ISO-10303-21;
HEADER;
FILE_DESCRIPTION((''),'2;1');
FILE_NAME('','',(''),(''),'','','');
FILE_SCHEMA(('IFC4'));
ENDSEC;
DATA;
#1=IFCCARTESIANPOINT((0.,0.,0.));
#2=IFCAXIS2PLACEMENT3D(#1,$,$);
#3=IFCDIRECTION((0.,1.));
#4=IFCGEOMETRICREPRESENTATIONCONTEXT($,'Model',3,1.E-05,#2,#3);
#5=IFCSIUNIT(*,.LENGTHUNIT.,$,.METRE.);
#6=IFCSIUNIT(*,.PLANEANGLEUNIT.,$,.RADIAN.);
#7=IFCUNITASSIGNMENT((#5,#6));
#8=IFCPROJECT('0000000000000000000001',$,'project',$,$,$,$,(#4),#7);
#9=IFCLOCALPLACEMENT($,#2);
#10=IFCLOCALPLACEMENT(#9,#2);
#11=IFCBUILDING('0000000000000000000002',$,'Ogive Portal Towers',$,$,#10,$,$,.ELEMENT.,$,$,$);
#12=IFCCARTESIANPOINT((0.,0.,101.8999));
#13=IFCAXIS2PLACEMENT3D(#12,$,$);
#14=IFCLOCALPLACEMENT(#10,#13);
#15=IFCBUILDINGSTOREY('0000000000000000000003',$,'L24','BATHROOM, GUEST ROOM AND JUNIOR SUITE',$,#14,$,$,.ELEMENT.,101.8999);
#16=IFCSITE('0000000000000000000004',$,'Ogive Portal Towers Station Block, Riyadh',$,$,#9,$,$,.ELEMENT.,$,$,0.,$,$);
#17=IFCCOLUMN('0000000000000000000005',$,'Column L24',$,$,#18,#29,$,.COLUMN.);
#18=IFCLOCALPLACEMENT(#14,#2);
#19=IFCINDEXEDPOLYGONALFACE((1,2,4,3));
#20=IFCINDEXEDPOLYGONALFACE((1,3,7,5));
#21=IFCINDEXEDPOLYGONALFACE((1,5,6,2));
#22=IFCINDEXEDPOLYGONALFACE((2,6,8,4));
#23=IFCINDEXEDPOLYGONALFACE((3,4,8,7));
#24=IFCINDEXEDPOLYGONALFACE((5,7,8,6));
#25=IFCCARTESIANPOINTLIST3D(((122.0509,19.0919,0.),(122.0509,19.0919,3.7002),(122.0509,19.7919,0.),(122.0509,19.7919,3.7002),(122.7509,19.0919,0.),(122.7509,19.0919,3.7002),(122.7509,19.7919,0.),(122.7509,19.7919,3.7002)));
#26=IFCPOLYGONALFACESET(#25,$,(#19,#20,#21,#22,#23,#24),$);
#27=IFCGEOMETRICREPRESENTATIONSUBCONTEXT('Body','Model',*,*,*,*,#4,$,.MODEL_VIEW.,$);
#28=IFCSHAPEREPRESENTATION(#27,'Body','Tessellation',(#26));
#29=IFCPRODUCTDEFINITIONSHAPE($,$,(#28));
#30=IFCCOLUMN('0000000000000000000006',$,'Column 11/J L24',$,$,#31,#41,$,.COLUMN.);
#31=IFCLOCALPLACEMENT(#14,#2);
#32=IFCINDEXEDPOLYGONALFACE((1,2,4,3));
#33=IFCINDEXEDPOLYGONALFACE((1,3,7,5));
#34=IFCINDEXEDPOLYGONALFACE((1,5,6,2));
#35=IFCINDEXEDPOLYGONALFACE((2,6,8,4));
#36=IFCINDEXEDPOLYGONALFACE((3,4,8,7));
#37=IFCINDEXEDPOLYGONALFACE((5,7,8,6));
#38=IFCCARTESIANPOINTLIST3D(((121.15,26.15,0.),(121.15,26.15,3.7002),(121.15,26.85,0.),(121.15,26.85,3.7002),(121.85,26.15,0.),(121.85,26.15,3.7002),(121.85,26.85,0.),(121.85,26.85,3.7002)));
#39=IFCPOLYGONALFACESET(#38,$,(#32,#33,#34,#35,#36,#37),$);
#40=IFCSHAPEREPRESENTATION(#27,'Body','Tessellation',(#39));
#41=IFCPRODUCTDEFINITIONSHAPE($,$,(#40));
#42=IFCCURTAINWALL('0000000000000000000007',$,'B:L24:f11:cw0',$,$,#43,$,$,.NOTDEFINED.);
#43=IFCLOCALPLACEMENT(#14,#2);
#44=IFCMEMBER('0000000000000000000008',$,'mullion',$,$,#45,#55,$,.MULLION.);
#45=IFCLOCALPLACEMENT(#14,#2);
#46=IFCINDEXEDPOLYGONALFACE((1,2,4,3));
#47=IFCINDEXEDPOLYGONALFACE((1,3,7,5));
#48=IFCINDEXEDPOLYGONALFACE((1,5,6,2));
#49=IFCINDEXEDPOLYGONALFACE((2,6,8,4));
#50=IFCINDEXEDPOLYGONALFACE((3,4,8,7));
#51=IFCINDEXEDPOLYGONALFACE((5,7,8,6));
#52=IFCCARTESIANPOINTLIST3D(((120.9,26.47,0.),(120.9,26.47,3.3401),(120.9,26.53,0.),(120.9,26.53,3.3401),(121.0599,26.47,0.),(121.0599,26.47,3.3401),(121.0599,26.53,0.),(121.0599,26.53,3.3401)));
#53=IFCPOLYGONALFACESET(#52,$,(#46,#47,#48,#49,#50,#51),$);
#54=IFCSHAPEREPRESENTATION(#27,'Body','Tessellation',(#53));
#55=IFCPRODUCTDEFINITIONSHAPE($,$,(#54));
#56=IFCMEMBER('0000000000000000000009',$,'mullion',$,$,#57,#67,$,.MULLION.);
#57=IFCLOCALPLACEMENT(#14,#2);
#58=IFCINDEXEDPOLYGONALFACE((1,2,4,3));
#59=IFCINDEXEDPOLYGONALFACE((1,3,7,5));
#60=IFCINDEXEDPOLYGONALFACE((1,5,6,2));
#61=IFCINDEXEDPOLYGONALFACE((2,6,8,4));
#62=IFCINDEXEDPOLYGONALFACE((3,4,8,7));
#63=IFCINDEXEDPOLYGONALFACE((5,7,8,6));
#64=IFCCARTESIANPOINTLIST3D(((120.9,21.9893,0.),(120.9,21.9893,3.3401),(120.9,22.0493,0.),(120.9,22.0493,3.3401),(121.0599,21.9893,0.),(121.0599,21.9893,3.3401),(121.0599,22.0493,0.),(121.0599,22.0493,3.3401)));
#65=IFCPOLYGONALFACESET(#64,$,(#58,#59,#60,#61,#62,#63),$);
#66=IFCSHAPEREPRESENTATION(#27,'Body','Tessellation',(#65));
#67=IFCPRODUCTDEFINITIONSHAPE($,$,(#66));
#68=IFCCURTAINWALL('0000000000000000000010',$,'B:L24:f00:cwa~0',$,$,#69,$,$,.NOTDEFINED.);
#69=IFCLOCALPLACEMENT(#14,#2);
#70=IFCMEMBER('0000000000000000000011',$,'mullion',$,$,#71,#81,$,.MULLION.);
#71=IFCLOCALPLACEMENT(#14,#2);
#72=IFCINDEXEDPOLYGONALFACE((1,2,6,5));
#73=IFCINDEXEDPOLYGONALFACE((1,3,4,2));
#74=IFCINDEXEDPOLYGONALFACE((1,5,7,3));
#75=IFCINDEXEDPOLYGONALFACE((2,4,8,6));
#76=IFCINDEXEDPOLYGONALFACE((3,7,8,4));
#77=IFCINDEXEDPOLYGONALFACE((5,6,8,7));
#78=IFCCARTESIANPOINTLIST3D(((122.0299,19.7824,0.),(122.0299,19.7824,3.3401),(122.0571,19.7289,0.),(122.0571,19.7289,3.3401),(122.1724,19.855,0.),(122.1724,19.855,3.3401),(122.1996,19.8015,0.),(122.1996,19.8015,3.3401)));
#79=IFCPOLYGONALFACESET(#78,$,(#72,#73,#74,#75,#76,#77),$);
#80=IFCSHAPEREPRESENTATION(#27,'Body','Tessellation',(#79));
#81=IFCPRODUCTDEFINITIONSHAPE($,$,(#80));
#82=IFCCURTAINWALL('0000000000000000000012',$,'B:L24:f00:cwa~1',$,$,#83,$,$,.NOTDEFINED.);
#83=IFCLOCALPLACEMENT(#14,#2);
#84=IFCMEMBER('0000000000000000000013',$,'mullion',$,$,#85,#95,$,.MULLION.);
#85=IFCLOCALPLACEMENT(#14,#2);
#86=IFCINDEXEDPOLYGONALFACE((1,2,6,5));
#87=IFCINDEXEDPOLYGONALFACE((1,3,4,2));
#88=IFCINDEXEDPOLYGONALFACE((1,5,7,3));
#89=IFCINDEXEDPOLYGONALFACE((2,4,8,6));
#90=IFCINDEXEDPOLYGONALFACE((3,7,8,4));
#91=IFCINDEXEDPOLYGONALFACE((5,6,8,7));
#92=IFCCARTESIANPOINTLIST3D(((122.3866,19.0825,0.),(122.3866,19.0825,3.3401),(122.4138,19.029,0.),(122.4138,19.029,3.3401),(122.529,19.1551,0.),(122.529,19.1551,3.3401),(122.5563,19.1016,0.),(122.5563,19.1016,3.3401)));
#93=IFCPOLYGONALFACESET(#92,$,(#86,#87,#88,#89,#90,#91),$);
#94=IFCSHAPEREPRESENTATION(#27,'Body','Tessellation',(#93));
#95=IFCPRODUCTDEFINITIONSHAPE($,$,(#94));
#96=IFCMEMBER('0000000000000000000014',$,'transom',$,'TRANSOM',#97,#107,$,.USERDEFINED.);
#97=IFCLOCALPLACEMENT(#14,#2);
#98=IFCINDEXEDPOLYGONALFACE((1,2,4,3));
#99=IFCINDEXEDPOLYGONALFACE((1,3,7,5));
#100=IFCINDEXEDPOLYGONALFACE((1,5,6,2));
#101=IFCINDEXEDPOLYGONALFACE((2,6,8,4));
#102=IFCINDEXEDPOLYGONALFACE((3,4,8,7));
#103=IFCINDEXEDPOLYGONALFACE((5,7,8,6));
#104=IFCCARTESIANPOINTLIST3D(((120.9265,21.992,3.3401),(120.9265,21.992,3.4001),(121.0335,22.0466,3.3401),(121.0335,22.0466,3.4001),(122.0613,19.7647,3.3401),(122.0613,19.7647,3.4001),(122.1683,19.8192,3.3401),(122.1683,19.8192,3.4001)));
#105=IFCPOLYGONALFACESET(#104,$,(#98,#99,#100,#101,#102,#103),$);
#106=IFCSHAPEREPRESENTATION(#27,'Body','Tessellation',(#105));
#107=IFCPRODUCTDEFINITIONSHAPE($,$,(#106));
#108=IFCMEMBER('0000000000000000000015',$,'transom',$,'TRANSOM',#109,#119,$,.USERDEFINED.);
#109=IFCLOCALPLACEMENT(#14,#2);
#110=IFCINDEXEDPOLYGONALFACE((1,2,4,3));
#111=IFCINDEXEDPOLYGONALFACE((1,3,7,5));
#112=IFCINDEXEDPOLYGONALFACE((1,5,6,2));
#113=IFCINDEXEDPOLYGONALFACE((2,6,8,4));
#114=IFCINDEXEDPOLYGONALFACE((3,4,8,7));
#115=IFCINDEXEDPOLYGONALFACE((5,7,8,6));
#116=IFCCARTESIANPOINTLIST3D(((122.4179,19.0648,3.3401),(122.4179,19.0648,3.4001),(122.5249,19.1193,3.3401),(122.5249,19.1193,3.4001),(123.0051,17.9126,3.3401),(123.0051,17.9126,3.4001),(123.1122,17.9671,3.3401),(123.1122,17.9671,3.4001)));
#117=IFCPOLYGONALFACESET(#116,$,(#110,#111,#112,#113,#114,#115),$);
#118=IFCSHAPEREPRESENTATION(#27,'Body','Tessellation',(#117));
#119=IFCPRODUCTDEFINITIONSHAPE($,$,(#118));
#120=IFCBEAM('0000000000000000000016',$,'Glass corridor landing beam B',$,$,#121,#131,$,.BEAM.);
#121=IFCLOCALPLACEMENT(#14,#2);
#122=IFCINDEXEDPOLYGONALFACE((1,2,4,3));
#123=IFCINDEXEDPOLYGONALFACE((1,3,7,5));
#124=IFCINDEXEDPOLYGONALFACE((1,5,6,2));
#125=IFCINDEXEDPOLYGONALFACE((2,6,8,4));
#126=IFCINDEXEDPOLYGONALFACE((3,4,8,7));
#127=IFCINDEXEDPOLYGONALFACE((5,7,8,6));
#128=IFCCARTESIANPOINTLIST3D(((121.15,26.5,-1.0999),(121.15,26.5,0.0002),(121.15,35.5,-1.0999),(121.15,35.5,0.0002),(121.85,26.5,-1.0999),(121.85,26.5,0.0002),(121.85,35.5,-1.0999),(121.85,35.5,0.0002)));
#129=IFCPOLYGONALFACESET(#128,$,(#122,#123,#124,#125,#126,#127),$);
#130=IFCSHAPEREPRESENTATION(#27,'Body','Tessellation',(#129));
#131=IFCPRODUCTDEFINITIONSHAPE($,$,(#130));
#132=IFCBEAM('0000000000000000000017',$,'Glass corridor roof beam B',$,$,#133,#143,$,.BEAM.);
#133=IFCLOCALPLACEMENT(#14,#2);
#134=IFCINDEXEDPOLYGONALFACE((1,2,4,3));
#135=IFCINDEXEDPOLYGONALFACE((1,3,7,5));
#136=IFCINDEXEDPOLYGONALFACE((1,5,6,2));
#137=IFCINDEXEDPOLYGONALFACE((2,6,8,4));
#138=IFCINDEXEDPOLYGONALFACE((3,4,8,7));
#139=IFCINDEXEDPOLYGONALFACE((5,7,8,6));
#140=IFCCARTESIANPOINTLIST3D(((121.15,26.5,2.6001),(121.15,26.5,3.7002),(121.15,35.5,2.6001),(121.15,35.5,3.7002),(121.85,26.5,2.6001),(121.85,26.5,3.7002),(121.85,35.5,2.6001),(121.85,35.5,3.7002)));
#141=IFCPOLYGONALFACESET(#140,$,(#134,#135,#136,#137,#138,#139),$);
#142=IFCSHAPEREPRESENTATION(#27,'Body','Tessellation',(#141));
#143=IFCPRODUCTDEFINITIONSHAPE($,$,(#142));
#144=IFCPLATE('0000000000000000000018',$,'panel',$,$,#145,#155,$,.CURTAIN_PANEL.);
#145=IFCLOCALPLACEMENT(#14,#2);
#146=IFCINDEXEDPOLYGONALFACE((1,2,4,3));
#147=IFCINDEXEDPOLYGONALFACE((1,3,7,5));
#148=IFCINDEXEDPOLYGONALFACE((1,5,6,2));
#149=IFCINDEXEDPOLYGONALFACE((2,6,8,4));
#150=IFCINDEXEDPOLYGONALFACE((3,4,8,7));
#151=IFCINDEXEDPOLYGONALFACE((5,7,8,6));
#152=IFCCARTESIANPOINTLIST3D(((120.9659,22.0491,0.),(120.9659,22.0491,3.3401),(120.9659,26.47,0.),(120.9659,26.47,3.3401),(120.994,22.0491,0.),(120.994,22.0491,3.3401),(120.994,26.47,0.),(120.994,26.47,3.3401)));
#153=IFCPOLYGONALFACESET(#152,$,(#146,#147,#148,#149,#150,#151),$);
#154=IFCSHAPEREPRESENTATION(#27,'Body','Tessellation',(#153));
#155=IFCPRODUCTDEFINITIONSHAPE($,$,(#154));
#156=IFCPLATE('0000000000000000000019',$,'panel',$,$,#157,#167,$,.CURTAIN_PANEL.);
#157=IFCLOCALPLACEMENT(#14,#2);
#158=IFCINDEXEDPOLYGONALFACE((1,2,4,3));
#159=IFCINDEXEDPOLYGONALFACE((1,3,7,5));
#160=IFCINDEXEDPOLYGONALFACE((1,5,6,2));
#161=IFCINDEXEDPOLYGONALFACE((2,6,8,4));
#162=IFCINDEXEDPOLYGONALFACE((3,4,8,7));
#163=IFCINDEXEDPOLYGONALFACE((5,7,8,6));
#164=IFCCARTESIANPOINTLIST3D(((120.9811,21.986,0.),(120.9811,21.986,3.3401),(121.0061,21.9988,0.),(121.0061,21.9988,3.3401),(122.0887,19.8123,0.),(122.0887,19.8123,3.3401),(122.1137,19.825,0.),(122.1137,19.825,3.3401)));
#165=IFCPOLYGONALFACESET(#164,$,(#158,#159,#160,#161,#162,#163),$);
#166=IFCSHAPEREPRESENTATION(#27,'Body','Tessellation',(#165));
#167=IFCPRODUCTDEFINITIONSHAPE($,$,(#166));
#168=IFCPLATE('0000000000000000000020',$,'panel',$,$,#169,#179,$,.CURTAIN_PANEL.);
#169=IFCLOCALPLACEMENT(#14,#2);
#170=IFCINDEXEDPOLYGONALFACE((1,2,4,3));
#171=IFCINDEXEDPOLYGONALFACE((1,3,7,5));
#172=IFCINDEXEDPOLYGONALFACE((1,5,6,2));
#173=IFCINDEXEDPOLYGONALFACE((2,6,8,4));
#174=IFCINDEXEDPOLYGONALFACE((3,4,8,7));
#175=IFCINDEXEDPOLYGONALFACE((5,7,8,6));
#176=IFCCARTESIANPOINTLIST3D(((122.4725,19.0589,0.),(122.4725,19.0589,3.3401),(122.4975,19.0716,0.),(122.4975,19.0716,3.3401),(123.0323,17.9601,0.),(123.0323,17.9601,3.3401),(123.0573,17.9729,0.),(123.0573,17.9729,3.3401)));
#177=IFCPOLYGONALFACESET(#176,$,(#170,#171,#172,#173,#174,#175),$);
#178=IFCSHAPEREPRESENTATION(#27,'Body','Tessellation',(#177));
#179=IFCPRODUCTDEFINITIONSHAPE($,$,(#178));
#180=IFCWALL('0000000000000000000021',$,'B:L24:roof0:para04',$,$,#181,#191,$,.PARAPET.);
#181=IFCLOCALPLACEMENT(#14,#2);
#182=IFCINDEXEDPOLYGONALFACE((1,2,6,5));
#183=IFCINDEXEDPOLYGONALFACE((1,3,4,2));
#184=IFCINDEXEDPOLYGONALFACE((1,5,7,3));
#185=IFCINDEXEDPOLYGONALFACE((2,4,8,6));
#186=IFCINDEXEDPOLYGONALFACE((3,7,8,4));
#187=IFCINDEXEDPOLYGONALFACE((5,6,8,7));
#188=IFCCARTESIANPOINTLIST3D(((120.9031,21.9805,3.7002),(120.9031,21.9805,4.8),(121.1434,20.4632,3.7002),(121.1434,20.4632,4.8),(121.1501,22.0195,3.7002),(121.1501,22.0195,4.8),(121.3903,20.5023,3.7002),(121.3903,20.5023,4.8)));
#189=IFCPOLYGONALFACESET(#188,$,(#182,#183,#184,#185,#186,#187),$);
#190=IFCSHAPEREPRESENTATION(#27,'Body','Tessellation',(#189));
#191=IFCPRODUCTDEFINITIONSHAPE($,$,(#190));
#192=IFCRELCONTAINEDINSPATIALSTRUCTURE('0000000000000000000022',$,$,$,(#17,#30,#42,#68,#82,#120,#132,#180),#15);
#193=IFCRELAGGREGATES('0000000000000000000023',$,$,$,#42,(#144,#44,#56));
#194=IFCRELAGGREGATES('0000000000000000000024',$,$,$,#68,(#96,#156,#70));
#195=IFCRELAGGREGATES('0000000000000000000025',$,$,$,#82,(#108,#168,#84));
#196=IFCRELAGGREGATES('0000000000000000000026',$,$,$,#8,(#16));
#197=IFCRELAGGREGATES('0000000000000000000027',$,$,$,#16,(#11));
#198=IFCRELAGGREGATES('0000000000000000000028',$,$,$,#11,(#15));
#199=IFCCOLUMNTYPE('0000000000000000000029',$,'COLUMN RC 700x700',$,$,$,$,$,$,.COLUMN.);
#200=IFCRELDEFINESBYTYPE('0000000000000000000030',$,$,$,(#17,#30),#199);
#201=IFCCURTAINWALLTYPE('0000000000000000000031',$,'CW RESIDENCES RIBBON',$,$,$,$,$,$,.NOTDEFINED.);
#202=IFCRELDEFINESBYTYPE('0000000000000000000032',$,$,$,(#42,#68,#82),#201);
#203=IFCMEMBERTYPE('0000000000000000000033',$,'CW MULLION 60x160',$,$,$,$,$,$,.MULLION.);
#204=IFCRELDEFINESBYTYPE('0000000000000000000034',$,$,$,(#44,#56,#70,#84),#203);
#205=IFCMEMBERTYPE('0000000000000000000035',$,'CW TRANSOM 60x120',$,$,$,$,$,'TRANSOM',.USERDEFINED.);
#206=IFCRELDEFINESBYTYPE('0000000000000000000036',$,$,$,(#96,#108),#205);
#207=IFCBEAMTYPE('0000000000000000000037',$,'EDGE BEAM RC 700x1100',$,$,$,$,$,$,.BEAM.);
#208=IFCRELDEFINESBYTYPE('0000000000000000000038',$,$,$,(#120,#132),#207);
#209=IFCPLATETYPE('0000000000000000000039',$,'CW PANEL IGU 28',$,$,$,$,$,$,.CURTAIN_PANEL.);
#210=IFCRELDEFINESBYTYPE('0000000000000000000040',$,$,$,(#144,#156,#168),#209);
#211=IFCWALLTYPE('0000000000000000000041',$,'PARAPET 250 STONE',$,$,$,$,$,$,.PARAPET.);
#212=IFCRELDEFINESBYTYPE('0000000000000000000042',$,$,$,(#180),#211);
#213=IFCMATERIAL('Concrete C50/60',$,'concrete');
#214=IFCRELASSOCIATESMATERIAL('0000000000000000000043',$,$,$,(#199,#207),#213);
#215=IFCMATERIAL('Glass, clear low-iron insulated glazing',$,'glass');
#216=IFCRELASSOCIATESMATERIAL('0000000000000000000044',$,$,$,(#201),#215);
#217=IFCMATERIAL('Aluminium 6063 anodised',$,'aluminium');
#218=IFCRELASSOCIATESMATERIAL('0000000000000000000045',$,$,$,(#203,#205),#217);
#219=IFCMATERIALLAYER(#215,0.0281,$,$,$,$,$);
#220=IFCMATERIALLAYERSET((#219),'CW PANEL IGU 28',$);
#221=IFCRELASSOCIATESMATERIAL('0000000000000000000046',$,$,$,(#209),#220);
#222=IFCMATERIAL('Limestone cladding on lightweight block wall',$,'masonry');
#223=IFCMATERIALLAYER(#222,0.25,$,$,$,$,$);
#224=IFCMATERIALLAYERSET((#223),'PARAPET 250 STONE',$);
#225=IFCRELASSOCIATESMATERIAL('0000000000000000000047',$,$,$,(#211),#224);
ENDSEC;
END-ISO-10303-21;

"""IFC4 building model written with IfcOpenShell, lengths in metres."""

from ifc_helpers import new_model, si_unit, direction, frame, frame_2d, origin, origin_2d, place, context, subcontext, project, spatial, rectangle, extrude, material, layer, layer_set, material_profile, profile_set, type_object, element, aggregate, save


model = new_model("IFC4")

# Units and contexts
model_context = context("Model", 3, precision=1e-05, world=origin(), true_north=direction((0.0, 1.0)))
body_context = subcontext(model_context, "Body", "Model", "MODEL_VIEW")
ifc_project = project(units=[si_unit("LENGTHUNIT", "METRE"), si_unit("PLANEANGLEUNIT", "RADIAN")], contexts=[model_context])

# Site, building, storey
site_placement = place(None, origin())
site = spatial("IfcSite", under=ifc_project, at=site_placement, Name="Ogive Portal Towers Station Block, Riyadh", CompositionType="ELEMENT", RefElevation=0.0)
building_placement = place(site_placement, origin())
building = spatial("IfcBuilding", under=site, at=building_placement, Name="Ogive Portal Towers", CompositionType="ELEMENT")
storey_placement = place(building_placement, frame((0.0, 0.0, 101.8999)))
storey = spatial("IfcBuildingStorey", under=building, at=storey_placement, Name="L24", Description="BATHROOM, GUEST ROOM AND JUNIOR SUITE", CompositionType="ELEMENT", Elevation=101.8999)

# Columns
ifc_material_1 = material(Name="Concrete C50/60", Category="concrete")
ifc_material_profile_1 = material_profile(ifc_material_1, rectangle(XDim=0.7, YDim=0.7, at=origin_2d()), Name="RC 700x700")
ifc_profile_set_1 = profile_set([ifc_material_profile_1], Name="Concrete C50/60")
column_type = type_object("IfcColumnType", Name="COLUMN RC 700x700", PredefinedType="COLUMN", material=ifc_profile_set_1)
for number, where, z_axis, x_axis, name in (
    (1, (122.4009, 19.4419, 0.0), (0.0, 0.0, 1.0), (1.0, 0.0, 0.0), "Column L24"),
    (2, (121.5, 26.5, 0.0), (0.0, 0.0, 1.0), (1.0, 0.0, 0.0), "Column 11/J L24"),
):
    element("IfcColumn", number, at=place(storey_placement, frame(where, z_axis=z_axis, x_axis=x_axis)), inside=storey, type_object=column_type, Name=name, PredefinedType="COLUMN", context=body_context, shape_type="SweptSolid", body=[
        extrude(rectangle(XDim=0.7, YDim=0.7, at=origin_2d()), origin(), (0.0, 0.0, 1.0), 3.7002),
    ])

# Curtain wall, members
ifc_material_2 = material(Name="Glass, clear low-iron insulated glazing", Category="glass")
curtain_wall_type = type_object("IfcCurtainWallType", Name="CW RESIDENCES RIBBON", PredefinedType="NOTDEFINED", material=ifc_material_2)
curtain_wall_1_placement = place(storey_placement, origin())
curtain_wall_1 = element("IfcCurtainWall", 3, at=curtain_wall_1_placement, inside=storey, type_object=curtain_wall_type, Name="B:L24:f11:cw0", PredefinedType="NOTDEFINED")
ifc_material_3 = material(Name="Aluminium 6063 anodised", Category="aluminium")
ifc_material_profile_2 = material_profile(ifc_material_3, rectangle(XDim=0.1599, YDim=0.0601, at=origin_2d()), Name="AL 60x160")
ifc_profile_set_2 = profile_set([ifc_material_profile_2], Name="Aluminium 6063 anodised")
member_type_1 = type_object("IfcMemberType", Name="CW MULLION 60x160", PredefinedType="MULLION", material=ifc_profile_set_2)
member_1_placement = place(storey_placement, frame((120.98, 26.5, 0.0), z_axis=(0.0, 0.0, 1.0), x_axis=(1.0, 0.0, 0.0)))
member_1 = element("IfcMember", 4, at=member_1_placement, type_object=member_type_1, Name="mullion", PredefinedType="MULLION", context=body_context, shape_type="SweptSolid", body=[
    extrude(rectangle(XDim=0.1599, YDim=0.0601, at=origin_2d()), origin(), (0.0, 0.0, 1.0), 3.3401),
])
member_2_placement = place(storey_placement, frame((120.98, 22.0193, 0.0), z_axis=(0.0, 0.0, 1.0), x_axis=(1.0, 0.0, 0.0)))
member_2 = element("IfcMember", 5, at=member_2_placement, type_object=member_type_1, Name="mullion", PredefinedType="MULLION", context=body_context, shape_type="SweptSolid", body=[
    extrude(rectangle(XDim=0.1599, YDim=0.0601, at=origin_2d()), origin(), (0.0, 0.0, 1.0), 3.3401),
])

# Curtain walls, members
curtain_wall_2_placement = place(storey_placement, origin())
curtain_wall_2 = element("IfcCurtainWall", 6, at=curtain_wall_2_placement, inside=storey, type_object=curtain_wall_type, Name="B:L24:f00:cwa~0", PredefinedType="NOTDEFINED")
member_3_placement = place(storey_placement, frame((122.1147, 19.792, 0.0), z_axis=(0.0, 0.0, 1.0), x_axis=(0.891007, 0.45399, 0.0)))
member_3 = element("IfcMember", 7, at=member_3_placement, type_object=member_type_1, Name="mullion", PredefinedType="MULLION", context=body_context, shape_type="SweptSolid", body=[
    extrude(rectangle(XDim=0.1599, YDim=0.0601, at=origin_2d()), origin(), (0.0, 0.0, 1.0), 3.3401),
])
curtain_wall_3_placement = place(storey_placement, origin())
curtain_wall_3 = element("IfcCurtainWall", 8, at=curtain_wall_3_placement, inside=storey, type_object=curtain_wall_type, Name="B:L24:f00:cwa~1", PredefinedType="NOTDEFINED")
member_4_placement = place(storey_placement, frame((122.4714, 19.092, 0.0), z_axis=(0.0, 0.0, 1.0), x_axis=(0.891007, 0.45399, 0.0)))
member_4 = element("IfcMember", 9, at=member_4_placement, type_object=member_type_1, Name="mullion", PredefinedType="MULLION", context=body_context, shape_type="SweptSolid", body=[
    extrude(rectangle(XDim=0.1599, YDim=0.0601, at=origin_2d()), origin(), (0.0, 0.0, 1.0), 3.3401),
])

# Members
ifc_material_profile_3 = material_profile(ifc_material_3, rectangle(XDim=0.1201, YDim=0.0601, at=origin_2d()), Name="AL 120x60")
ifc_profile_set_3 = profile_set([ifc_material_profile_3], Name="Aluminium 6063 anodised")
member_type_2 = type_object("IfcMemberType", Name="CW TRANSOM 60x120", ElementType="TRANSOM", PredefinedType="USERDEFINED", material=ifc_profile_set_3)
member_5_placement = place(storey_placement, frame((120.98, 22.0193, 3.3701), z_axis=(0.453959, -0.891022, 0.0), x_axis=(0.891022, 0.453959, 0.0)))
member_5 = element("IfcMember", 10, at=member_5_placement, type_object=member_type_2, Name="transom", ObjectType="TRANSOM", PredefinedType="USERDEFINED", context=body_context, shape_type="SweptSolid", body=[
    extrude(rectangle(XDim=0.1201, YDim=0.0601, at=origin_2d()), origin(), (0.0, 0.0, 1.0), 2.4998),
])
member_6_placement = place(storey_placement, frame((122.4714, 19.092, 3.3701), z_axis=(0.454073, -0.890965, 0.0), x_axis=(0.890965, 0.454073, 0.0)))
member_6 = element("IfcMember", 11, at=member_6_placement, type_object=member_type_2, Name="transom", ObjectType="TRANSOM", PredefinedType="USERDEFINED", context=body_context, shape_type="SweptSolid", body=[
    extrude(rectangle(XDim=0.1201, YDim=0.0601, at=origin_2d()), origin(), (0.0, 0.0, 1.0), 1.2932),
])

# Beams
ifc_material_profile_4 = material_profile(ifc_material_1, rectangle(XDim=0.7, YDim=1.1001, at=origin_2d()), Name="RC 700x1100")
ifc_profile_set_4 = profile_set([ifc_material_profile_4], Name="Concrete C50/60")
beam_type = type_object("IfcBeamType", Name="EDGE BEAM RC 700x1100", PredefinedType="BEAM", material=ifc_profile_set_4)
for number, where, z_axis, x_axis, name in (
    (12, (121.5, 26.5, -0.5498), (0.0, 1.0, 0.0), (-1.0, 0.0, 0.0), "Glass corridor landing beam B"),
    (13, (121.5, 26.5, 3.1501), (0.0, 1.0, 0.0), (-1.0, 0.0, 0.0), "Glass corridor roof beam B"),
):
    element("IfcBeam", number, at=place(storey_placement, frame(where, z_axis=z_axis, x_axis=x_axis)), inside=storey, type_object=beam_type, Name=name, PredefinedType="BEAM", context=body_context, shape_type="SweptSolid", body=[
        extrude(rectangle(XDim=0.7, YDim=1.1001, at=origin_2d()), origin(), (0.0, 0.0, 1.0), 9.0),
    ])

# Plates
ifc_layer_1 = layer(ifc_material_2, 0.0281)
ifc_layer_set_1 = layer_set([ifc_layer_1], Name="CW PANEL IGU 28")
plate_type = type_object("IfcPlateType", Name="CW PANEL IGU 28", PredefinedType="CURTAIN_PANEL", material=ifc_layer_set_1)
plate_1_placement = place(storey_placement, frame((120.98, 24.2595, 0.0), z_axis=(0.0, 0.0, 1.0), x_axis=(0.0, -1.0, 0.0)))
plate_1 = element("IfcPlate", 14, at=plate_1_placement, type_object=plate_type, Name="panel", PredefinedType="CURTAIN_PANEL", context=body_context, shape_type="SweptSolid", body=[
    extrude(rectangle(XDim=4.4209, YDim=0.0281, at=origin_2d()), origin(), (0.0, 0.0, 1.0), 3.3401),
])
aggregate(curtain_wall_1, [plate_1, member_1, member_2])
plate_2_placement = place(storey_placement, frame((121.5474, 20.9055, 0.0), z_axis=(0.0, 0.0, 1.0), x_axis=(0.45399, -0.891007, 0.0)))
plate_2 = element("IfcPlate", 15, at=plate_2_placement, type_object=plate_type, Name="panel", PredefinedType="CURTAIN_PANEL", context=body_context, shape_type="SweptSolid", body=[
    extrude(rectangle(XDim=2.4397, YDim=0.0281, at=origin_2d()), origin(), (0.0, 0.0, 1.0), 3.3401),
])
aggregate(curtain_wall_2, [member_5, plate_2, member_3])
plate_3_placement = place(storey_placement, frame((122.7649, 18.5159, 0.0), z_axis=(0.0, 0.0, 1.0), x_axis=(0.45399, -0.891007, 0.0)))
plate_3 = element("IfcPlate", 16, at=plate_3_placement, type_object=plate_type, Name="panel", PredefinedType="CURTAIN_PANEL", context=body_context, shape_type="SweptSolid", body=[
    extrude(rectangle(XDim=1.2332, YDim=0.0281, at=origin_2d()), origin(), (0.0, 0.0, 1.0), 3.3401),
])
aggregate(curtain_wall_3, [member_6, plate_3, member_4])

# Wall
ifc_material_4 = material(Name="Limestone cladding on lightweight block wall", Category="masonry")
ifc_layer_2 = layer(ifc_material_4, 0.25)
ifc_layer_set_2 = layer_set([ifc_layer_2], Name="PARAPET 250 STONE")
wall_type_1 = type_object("IfcWallType", Name="PARAPET 250 STONE", PredefinedType="PARAPET", material=ifc_layer_set_2)
wall_1_placement = place(storey_placement, frame((121.0266, 22.0, 3.7002), z_axis=(0.0, 0.0, 1.0), x_axis=(0.156379, -0.987697, 0.0)))
element("IfcWall", 17, at=wall_1_placement, inside=storey, type_object=wall_type_1, Name="B:L24:roof0:para04", PredefinedType="PARAPET", context=body_context, shape_type="SweptSolid", body=[
    extrude(rectangle(XDim=1.5361, YDim=0.25, at=frame_2d((0.7681, 0.0))), origin(), (0.0, 0.0, 1.0), 1.0999),
])

save(model, "model.ifc")
